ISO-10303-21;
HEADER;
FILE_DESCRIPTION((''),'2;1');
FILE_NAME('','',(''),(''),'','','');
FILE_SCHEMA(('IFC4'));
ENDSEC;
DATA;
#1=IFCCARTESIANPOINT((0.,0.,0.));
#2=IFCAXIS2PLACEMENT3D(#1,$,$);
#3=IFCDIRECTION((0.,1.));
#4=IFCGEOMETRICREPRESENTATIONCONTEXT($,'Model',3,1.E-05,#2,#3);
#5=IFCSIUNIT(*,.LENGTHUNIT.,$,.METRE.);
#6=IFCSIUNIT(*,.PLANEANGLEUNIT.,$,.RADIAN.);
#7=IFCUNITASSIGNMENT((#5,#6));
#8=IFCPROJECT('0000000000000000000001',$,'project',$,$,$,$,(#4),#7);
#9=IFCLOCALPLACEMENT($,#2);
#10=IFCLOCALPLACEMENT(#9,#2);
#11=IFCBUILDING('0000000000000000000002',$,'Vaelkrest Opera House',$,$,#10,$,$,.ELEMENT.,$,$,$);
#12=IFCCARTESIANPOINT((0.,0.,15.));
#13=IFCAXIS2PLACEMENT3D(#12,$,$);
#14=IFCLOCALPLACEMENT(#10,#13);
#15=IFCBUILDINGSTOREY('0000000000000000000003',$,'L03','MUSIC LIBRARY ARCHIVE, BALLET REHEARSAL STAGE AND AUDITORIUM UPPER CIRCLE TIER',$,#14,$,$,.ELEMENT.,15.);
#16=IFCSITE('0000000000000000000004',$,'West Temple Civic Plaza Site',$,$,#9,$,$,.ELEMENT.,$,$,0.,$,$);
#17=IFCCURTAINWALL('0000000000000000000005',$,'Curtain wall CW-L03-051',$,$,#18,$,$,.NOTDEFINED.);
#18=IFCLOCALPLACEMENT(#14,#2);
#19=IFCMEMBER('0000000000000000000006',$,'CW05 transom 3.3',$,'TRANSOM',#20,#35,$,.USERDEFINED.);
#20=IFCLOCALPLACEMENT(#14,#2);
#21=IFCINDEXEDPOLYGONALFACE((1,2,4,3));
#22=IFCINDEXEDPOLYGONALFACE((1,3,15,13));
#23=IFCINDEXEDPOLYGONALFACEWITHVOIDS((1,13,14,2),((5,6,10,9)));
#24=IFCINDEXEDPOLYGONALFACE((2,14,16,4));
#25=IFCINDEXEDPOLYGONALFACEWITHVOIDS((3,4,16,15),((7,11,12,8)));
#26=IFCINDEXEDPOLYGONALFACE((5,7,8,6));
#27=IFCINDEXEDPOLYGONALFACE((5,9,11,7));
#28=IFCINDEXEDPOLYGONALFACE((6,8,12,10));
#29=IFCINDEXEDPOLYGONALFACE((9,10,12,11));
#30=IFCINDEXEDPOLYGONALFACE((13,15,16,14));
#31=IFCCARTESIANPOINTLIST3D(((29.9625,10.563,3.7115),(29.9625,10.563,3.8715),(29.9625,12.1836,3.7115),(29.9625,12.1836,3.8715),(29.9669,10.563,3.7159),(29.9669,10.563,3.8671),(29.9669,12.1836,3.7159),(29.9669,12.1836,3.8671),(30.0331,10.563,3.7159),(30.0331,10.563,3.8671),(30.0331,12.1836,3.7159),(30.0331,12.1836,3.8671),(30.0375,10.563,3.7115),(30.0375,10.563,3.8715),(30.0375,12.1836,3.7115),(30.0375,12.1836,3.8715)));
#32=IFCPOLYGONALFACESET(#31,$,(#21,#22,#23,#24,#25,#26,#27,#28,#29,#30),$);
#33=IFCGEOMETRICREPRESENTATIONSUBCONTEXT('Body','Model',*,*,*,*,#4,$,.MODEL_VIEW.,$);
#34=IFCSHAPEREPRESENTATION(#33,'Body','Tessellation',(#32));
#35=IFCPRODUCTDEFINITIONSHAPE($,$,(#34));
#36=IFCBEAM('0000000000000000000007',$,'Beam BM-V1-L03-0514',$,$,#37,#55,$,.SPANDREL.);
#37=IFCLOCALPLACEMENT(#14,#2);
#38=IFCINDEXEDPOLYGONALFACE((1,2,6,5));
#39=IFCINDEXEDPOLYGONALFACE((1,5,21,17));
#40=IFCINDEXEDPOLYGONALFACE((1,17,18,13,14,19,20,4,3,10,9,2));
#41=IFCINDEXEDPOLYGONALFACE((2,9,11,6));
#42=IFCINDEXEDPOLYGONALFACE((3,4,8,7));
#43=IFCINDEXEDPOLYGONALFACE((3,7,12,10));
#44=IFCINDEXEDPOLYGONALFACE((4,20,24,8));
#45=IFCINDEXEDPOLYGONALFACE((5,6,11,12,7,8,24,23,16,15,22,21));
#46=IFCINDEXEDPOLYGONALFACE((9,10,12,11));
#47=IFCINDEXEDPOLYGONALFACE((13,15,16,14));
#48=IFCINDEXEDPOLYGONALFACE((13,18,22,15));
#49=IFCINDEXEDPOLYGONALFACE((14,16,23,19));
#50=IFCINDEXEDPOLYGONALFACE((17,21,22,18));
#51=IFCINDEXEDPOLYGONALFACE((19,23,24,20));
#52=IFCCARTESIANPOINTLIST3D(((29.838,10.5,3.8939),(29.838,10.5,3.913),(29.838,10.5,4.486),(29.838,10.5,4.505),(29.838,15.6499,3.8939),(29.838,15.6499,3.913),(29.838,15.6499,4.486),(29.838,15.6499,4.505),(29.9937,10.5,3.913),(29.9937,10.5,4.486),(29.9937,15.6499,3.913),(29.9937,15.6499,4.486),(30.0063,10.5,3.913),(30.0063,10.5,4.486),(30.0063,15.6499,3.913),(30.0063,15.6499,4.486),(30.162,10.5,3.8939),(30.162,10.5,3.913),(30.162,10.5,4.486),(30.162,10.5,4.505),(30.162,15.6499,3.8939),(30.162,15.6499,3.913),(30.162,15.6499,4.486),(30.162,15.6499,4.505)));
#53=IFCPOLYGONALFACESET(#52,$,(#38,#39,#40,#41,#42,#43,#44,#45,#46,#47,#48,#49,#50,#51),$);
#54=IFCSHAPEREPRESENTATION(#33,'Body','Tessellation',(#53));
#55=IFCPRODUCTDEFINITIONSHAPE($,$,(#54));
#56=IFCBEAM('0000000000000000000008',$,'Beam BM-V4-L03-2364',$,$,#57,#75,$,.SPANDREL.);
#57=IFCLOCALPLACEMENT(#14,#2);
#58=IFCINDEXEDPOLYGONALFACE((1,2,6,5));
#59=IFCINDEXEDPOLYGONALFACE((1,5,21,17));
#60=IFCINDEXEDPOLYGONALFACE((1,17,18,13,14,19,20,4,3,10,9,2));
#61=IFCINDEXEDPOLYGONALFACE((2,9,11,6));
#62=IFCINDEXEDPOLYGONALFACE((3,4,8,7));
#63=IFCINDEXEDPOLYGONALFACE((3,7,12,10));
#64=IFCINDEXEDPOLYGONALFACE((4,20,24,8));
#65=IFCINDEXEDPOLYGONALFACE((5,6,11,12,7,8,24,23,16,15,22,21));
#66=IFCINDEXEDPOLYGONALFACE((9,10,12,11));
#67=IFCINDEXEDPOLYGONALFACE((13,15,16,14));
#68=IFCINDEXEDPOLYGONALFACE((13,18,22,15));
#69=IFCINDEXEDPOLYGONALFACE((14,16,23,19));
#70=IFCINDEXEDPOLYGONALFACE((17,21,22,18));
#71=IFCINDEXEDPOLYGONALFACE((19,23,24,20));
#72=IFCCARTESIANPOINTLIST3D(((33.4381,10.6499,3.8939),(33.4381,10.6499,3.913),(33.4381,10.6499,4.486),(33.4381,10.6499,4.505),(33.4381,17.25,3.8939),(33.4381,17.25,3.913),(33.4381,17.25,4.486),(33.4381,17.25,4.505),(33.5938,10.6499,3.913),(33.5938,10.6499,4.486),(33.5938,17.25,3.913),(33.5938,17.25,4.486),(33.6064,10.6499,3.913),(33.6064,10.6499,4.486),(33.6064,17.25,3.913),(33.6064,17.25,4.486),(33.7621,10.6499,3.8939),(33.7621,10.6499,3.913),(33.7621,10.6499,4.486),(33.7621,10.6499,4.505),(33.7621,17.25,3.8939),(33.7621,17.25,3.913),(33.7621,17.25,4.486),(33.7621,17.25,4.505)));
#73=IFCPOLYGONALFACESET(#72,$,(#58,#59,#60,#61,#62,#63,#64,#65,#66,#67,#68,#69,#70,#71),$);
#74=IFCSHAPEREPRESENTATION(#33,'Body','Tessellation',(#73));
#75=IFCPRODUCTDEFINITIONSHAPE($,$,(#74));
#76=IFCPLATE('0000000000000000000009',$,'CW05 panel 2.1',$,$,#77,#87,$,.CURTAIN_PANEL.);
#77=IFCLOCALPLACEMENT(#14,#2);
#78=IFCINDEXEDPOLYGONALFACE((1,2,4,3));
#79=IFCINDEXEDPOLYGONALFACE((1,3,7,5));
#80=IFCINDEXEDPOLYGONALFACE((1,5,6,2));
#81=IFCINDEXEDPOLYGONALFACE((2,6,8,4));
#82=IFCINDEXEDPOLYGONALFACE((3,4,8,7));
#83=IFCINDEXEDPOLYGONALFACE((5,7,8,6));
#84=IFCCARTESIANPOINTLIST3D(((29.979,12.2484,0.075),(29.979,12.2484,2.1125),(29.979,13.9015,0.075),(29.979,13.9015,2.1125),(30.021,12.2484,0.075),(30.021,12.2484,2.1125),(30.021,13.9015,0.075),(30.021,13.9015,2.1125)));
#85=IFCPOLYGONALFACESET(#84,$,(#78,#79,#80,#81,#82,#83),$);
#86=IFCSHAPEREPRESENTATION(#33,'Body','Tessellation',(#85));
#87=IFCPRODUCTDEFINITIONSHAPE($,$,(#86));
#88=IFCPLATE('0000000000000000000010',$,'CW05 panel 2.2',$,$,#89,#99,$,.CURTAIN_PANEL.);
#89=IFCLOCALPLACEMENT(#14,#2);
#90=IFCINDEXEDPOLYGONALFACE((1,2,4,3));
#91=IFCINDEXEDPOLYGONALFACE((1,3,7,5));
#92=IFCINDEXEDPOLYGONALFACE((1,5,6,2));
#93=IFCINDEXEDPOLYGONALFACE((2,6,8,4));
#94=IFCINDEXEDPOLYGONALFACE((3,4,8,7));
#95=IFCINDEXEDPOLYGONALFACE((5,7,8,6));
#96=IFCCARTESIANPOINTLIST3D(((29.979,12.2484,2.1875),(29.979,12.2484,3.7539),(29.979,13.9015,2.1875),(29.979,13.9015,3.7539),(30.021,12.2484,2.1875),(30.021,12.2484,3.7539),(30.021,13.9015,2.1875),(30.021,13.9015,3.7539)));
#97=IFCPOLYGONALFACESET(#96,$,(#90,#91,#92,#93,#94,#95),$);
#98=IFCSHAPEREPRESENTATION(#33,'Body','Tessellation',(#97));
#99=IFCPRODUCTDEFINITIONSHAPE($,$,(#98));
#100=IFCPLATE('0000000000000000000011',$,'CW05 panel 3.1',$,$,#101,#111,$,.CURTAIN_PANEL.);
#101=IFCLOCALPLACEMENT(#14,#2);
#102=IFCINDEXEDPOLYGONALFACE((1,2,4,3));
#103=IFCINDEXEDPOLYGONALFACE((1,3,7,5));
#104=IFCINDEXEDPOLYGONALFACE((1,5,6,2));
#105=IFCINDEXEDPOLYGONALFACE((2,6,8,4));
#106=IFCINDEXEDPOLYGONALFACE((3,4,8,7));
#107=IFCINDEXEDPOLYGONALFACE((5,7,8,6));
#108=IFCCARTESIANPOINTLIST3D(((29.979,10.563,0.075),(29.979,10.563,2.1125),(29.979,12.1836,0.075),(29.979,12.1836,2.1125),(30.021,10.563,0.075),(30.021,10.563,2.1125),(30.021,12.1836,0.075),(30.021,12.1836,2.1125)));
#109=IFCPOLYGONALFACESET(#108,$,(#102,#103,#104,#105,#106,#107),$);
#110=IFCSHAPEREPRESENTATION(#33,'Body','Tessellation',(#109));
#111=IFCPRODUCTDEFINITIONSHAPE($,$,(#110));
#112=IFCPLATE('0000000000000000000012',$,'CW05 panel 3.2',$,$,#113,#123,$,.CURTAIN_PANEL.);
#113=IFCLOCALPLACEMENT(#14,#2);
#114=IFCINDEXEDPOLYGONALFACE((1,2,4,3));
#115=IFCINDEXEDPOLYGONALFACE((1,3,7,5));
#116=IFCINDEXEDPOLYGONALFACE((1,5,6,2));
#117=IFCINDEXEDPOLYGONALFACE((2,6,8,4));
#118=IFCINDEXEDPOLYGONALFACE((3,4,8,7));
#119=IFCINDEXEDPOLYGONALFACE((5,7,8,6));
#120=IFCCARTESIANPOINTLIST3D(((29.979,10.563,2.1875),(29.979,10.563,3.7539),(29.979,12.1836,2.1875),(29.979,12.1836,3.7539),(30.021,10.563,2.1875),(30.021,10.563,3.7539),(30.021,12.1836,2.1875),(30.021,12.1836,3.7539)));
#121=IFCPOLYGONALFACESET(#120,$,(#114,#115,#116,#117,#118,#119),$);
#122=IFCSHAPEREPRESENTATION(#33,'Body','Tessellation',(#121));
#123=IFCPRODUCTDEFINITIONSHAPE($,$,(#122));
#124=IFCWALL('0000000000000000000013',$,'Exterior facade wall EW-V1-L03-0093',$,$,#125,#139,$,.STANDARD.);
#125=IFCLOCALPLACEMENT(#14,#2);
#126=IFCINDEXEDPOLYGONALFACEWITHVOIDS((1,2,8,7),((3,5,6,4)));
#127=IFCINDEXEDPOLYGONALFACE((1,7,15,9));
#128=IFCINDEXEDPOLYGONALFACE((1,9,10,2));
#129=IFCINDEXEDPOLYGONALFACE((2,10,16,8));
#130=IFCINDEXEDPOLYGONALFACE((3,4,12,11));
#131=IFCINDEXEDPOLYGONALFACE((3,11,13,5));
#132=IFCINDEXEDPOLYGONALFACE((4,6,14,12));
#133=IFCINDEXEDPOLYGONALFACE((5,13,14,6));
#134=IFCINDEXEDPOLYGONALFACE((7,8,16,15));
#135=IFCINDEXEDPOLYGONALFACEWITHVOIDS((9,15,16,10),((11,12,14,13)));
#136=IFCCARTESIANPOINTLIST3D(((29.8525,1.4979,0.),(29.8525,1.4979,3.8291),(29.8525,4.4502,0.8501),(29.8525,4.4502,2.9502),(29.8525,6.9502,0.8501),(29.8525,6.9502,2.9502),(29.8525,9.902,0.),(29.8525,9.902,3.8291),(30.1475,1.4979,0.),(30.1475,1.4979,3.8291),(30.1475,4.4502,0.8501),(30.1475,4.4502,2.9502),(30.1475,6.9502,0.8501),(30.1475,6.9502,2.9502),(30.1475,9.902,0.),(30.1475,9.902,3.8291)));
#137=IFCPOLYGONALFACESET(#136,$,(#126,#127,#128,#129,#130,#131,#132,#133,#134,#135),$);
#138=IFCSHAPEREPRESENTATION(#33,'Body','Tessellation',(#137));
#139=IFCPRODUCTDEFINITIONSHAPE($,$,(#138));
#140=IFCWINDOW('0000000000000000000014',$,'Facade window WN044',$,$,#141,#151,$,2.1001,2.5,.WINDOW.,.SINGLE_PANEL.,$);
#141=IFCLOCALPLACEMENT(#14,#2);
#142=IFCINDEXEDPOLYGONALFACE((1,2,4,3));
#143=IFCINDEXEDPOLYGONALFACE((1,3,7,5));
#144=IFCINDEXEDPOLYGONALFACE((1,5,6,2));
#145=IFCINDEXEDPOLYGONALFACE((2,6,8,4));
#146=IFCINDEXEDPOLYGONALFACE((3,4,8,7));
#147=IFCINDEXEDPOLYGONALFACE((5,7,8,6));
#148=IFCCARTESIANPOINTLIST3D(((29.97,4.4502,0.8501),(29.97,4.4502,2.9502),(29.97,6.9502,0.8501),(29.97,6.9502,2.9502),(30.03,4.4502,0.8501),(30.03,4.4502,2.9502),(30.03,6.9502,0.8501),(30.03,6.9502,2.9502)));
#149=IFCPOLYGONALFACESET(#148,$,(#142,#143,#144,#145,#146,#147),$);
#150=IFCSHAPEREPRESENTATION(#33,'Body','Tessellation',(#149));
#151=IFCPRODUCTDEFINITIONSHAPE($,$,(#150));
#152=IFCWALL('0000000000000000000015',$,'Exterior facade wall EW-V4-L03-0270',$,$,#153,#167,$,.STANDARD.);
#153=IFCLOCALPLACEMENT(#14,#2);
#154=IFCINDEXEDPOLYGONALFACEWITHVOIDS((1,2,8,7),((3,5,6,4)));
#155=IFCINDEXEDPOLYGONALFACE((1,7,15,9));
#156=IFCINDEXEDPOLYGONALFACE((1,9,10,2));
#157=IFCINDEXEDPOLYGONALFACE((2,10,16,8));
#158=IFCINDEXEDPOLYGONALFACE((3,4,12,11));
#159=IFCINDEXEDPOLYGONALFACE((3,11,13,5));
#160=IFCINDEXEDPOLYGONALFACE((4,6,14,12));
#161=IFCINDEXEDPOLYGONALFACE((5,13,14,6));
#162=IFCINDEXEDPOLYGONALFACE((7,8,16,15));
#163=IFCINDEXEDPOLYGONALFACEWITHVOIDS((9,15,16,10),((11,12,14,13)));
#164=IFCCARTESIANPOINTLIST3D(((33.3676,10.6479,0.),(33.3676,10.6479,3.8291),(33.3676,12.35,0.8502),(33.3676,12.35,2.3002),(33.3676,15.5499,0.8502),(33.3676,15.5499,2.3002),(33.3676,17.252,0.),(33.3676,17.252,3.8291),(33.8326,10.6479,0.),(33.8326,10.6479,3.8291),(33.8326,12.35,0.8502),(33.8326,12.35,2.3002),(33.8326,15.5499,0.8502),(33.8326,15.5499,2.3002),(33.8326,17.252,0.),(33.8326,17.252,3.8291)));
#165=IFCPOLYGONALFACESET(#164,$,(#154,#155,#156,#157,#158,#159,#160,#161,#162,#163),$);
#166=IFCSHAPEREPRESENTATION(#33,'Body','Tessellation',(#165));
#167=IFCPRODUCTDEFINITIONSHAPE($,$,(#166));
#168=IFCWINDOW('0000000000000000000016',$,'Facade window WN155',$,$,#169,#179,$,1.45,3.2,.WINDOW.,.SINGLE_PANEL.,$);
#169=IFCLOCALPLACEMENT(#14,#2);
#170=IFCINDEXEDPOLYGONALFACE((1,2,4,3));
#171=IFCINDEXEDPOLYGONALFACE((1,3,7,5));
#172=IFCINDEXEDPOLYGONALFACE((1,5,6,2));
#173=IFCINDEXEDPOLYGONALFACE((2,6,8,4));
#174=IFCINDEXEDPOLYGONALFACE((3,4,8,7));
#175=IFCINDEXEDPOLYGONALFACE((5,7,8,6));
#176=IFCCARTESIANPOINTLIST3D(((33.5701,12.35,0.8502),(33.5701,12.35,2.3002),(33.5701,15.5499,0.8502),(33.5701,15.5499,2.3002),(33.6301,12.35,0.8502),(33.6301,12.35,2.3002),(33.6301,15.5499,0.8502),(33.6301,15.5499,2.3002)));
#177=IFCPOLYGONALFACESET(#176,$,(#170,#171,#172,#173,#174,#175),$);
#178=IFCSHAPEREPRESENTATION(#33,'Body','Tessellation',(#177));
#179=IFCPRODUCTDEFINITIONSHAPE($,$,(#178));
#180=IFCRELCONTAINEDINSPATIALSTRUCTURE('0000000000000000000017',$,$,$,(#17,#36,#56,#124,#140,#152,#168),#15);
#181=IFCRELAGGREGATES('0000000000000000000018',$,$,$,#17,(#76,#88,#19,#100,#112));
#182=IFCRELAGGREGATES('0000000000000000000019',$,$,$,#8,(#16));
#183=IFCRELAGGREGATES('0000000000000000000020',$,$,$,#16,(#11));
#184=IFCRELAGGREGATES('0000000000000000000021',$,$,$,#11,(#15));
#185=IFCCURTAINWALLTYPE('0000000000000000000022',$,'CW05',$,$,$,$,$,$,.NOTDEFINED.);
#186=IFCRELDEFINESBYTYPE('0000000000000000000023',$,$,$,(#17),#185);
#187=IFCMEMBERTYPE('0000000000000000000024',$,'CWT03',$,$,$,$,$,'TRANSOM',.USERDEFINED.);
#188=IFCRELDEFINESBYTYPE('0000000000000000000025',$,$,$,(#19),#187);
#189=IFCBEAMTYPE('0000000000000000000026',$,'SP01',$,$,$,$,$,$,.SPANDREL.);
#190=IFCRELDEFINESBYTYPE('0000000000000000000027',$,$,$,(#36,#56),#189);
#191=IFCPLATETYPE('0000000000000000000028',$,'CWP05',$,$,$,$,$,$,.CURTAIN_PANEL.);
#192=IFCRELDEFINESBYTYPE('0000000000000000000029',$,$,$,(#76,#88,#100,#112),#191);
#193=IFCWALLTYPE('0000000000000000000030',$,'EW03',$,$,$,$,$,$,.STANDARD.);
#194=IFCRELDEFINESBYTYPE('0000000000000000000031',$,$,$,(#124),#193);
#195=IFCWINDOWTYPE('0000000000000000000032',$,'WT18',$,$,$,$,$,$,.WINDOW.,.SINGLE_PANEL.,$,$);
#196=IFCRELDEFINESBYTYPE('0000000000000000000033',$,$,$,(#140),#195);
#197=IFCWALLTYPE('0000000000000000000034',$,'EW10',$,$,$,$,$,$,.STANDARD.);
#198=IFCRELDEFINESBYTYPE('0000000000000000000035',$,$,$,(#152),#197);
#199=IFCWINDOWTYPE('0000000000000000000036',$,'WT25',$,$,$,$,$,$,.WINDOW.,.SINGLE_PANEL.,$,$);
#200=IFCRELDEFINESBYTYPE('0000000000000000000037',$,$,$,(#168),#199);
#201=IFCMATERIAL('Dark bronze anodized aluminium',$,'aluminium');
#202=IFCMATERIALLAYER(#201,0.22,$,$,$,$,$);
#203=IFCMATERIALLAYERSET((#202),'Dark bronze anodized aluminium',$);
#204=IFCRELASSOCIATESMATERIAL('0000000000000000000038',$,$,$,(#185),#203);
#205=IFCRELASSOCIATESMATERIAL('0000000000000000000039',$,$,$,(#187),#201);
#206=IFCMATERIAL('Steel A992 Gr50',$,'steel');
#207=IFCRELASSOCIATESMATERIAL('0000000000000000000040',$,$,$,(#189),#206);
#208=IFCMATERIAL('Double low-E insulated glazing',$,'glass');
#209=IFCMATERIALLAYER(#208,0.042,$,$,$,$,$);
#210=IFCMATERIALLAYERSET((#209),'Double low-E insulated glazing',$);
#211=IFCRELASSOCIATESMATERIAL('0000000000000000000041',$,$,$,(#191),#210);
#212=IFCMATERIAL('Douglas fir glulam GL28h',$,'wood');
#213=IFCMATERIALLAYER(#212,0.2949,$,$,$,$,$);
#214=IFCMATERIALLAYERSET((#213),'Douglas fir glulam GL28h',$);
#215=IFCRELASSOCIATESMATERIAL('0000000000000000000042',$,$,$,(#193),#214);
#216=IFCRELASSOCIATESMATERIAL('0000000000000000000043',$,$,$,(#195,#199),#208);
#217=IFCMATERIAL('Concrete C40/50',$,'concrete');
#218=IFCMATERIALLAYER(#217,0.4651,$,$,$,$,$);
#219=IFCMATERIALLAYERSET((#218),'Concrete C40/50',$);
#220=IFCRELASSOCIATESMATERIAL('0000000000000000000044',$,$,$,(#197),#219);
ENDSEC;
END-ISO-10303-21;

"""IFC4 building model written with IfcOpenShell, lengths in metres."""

from ifc_helpers import new_model, si_unit, direction, frame, frame_2d, origin, origin_2d, place, context, subcontext, project, spatial, rectangle, hollow_rectangle, i_section, extrude, material, layer, layer_set, material_profile, profile_set, type_object, element, fill, aggregate, save


model = new_model("IFC4")

# Units and contexts
model_context = context("Model", 3, precision=1e-05, world=origin(), true_north=direction((0.0, 1.0)))
body_context = subcontext(model_context, "Body", "Model", "MODEL_VIEW")
ifc_project = project(units=[si_unit("LENGTHUNIT", "METRE"), si_unit("PLANEANGLEUNIT", "RADIAN")], contexts=[model_context])

# Site, building, storey
site_placement = place(None, origin())
site = spatial("IfcSite", under=ifc_project, at=site_placement, Name="West Temple Civic Plaza Site", CompositionType="ELEMENT", RefElevation=0.0)
building_placement = place(site_placement, origin())
building = spatial("IfcBuilding", under=site, at=building_placement, Name="Vaelkrest Opera House", CompositionType="ELEMENT")
storey_placement = place(building_placement, frame((0.0, 0.0, 15.0)))
storey = spatial("IfcBuildingStorey", under=building, at=storey_placement, Name="L03", Description="MUSIC LIBRARY ARCHIVE, BALLET REHEARSAL STAGE AND AUDITORIUM UPPER CIRCLE TIER", CompositionType="ELEMENT", Elevation=15.0)

# Curtain wall, member
ifc_material_1 = material(Name="Dark bronze anodized aluminium", Category="aluminium")
ifc_layer_1 = layer(ifc_material_1, 0.22)
ifc_layer_set_1 = layer_set([ifc_layer_1], Name="Dark bronze anodized aluminium")
curtain_wall_type = type_object("IfcCurtainWallType", Name="CW05", PredefinedType="NOTDEFINED", material=ifc_layer_set_1)
curtain_wall_placement = place(storey_placement, origin())
curtain_wall = element("IfcCurtainWall", 1, at=curtain_wall_placement, inside=storey, type_object=curtain_wall_type, Name="Curtain wall CW-L03-051", PredefinedType="NOTDEFINED")
ifc_material_profile_1 = material_profile(ifc_material_1, hollow_rectangle(XDim=0.075, YDim=0.1599, WallThickness=0.0044, at=origin_2d()), Name="CWT75X160")
ifc_profile_set_1 = profile_set([ifc_material_profile_1], Name="Dark bronze anodized aluminium")
member_type_1 = type_object("IfcMemberType", Name="CWT03", ElementType="TRANSOM", PredefinedType="USERDEFINED", material=ifc_profile_set_1)
member_1_placement = place(storey_placement, frame((30.0, 12.1836, 3.7915), z_axis=(0.0, -1.0, 0.0), x_axis=(1.0, 0.0, 0.0)))
member_1 = element("IfcMember", 2, at=member_1_placement, type_object=member_type_1, Name="CW05 transom 3.3", ObjectType="TRANSOM", PredefinedType="USERDEFINED", context=body_context, shape_type="SweptSolid", body=[
    extrude(hollow_rectangle(XDim=0.075, YDim=0.1599, WallThickness=0.0044, at=origin_2d()), origin(), (0.0, 0.0, 1.0), 1.6206),
])

# Beams
ifc_material_2 = material(Name="Steel A992 Gr50", Category="steel")
ifc_material_profile_2 = material_profile(ifc_material_2, i_section(OverallWidth=0.324, OverallDepth=0.6111, WebThickness=0.0127, FlangeThickness=0.019, at=origin_2d()), Name="W24X104")
ifc_profile_set_2 = profile_set([ifc_material_profile_2], Name="Steel A992 Gr50")
beam_type = type_object("IfcBeamType", Name="SP01", PredefinedType="SPANDREL", material=ifc_profile_set_2)
beam_1_placement = place(storey_placement, frame((30.0, 10.5, 4.1995), z_axis=(0.0, 1.0, 0.0), x_axis=(-1.0, 0.0, 0.0)))
element("IfcBeam", 3, at=beam_1_placement, inside=storey, type_object=beam_type, Name="Beam BM-V1-L03-0514", PredefinedType="SPANDREL", context=body_context, shape_type="SweptSolid", body=[
    extrude(i_section(OverallWidth=0.324, OverallDepth=0.6111, WebThickness=0.0127, FlangeThickness=0.019, at=origin_2d()), origin(), (0.0, 0.0, 1.0), 5.1499),
])
beam_2_placement = place(storey_placement, frame((33.6001, 10.6499, 4.1995), z_axis=(0.0, 1.0, 0.0), x_axis=(-1.0, 0.0, 0.0)))
element("IfcBeam", 4, at=beam_2_placement, inside=storey, type_object=beam_type, Name="Beam BM-V4-L03-2364", PredefinedType="SPANDREL", context=body_context, shape_type="SweptSolid", body=[
    extrude(i_section(OverallWidth=0.324, OverallDepth=0.6111, WebThickness=0.0127, FlangeThickness=0.019, at=origin_2d()), origin(), (0.0, 0.0, 1.0), 6.6001),
])

# Plates
ifc_material_3 = material(Name="Double low-E insulated glazing", Category="glass")
ifc_layer_2 = layer(ifc_material_3, 0.042)
ifc_layer_set_2 = layer_set([ifc_layer_2], Name="Double low-E insulated glazing")
plate_type = type_object("IfcPlateType", Name="CWP05", PredefinedType="CURTAIN_PANEL", material=ifc_layer_set_2)
plate_1_placement = place(storey_placement, frame((30.0, 13.075, 0.075), z_axis=(0.0, 0.0, 1.0), x_axis=(0.0, -1.0, 0.0)))
plate_1 = element("IfcPlate", 5, at=plate_1_placement, type_object=plate_type, Name="CW05 panel 2.1", PredefinedType="CURTAIN_PANEL", context=body_context, shape_type="SweptSolid", body=[
    extrude(rectangle(XDim=1.6531, YDim=0.042, at=origin_2d()), origin(), (0.0, 0.0, 1.0), 2.0376),
])
plate_2_placement = place(storey_placement, frame((30.0, 13.075, 2.1875), z_axis=(0.0, 0.0, 1.0), x_axis=(0.0, -1.0, 0.0)))
plate_2 = element("IfcPlate", 6, at=plate_2_placement, type_object=plate_type, Name="CW05 panel 2.2", PredefinedType="CURTAIN_PANEL", context=body_context, shape_type="SweptSolid", body=[
    extrude(rectangle(XDim=1.6531, YDim=0.042, at=origin_2d()), origin(), (0.0, 0.0, 1.0), 1.5664),
])
plate_3_placement = place(storey_placement, frame((30.0, 11.3733, 0.075), z_axis=(0.0, 0.0, 1.0), x_axis=(0.0, -1.0, 0.0)))
plate_3 = element("IfcPlate", 7, at=plate_3_placement, type_object=plate_type, Name="CW05 panel 3.1", PredefinedType="CURTAIN_PANEL", context=body_context, shape_type="SweptSolid", body=[
    extrude(rectangle(XDim=1.6206, YDim=0.042, at=origin_2d()), origin(), (0.0, 0.0, 1.0), 2.0376),
])
plate_4_placement = place(storey_placement, frame((30.0, 11.3733, 2.1875), z_axis=(0.0, 0.0, 1.0), x_axis=(0.0, -1.0, 0.0)))
plate_4 = element("IfcPlate", 8, at=plate_4_placement, type_object=plate_type, Name="CW05 panel 3.2", PredefinedType="CURTAIN_PANEL", context=body_context, shape_type="SweptSolid", body=[
    extrude(rectangle(XDim=1.6206, YDim=0.042, at=origin_2d()), origin(), (0.0, 0.0, 1.0), 1.5664),
])
aggregate(curtain_wall, [plate_1, plate_2, member_1, plate_3, plate_4])

# Walls, openings, windows
ifc_material_4 = material(Name="Douglas fir glulam GL28h", Category="wood")
ifc_layer_3 = layer(ifc_material_4, 0.2949)
ifc_layer_set_3 = layer_set([ifc_layer_3], Name="Douglas fir glulam GL28h")
wall_type_1 = type_object("IfcWallType", Name="EW03", PredefinedType="STANDARD", material=ifc_layer_set_3)
wall_1_placement = place(storey_placement, frame((30.0, 9.9021, 0.0), z_axis=(0.0, 0.0, 1.0), x_axis=(0.0, -1.0, 0.0)))
wall_1 = element("IfcWall", 9, at=wall_1_placement, inside=storey, type_object=wall_type_1, Name="Exterior facade wall EW-V1-L03-0093", PredefinedType="STANDARD", context=body_context, shape_type="SweptSolid", body=[
    extrude(rectangle(XDim=8.4041, YDim=0.2949, at=frame_2d((4.2021, 0.0))), origin(), (0.0, 0.0, 1.0), 3.8291),
])
opening_1_placement = place(wall_1_placement, frame((2.9519, 0.0, 0.8501)))
opening_1 = element("IfcOpeningElement", 10, at=opening_1_placement, cuts=wall_1, PredefinedType="OPENING", context=body_context, shape_type="SweptSolid", body=[
    extrude(rectangle(XDim=2.5, YDim=2.1001, at=frame_2d((1.25, 1.05))), frame((0.0, 0.1575, 0.0), z_axis=(0.0, -1.0, 0.0), x_axis=(1.0, 0.0, 0.0)), (0.0, 0.0, 1.0), 0.3149),
])
window_type_1 = type_object("IfcWindowType", Name="WT18", PartitioningType="SINGLE_PANEL", PredefinedType="WINDOW", material=ifc_material_3)
window_1_placement = place(opening_1_placement, origin())
window_1 = element("IfcWindow", 11, at=window_1_placement, inside=storey, type_object=window_type_1, Name="Facade window WN044", OverallHeight=2.1001, OverallWidth=2.5, PartitioningType="SINGLE_PANEL", PredefinedType="WINDOW", context=body_context, shape_type="SweptSolid", body=[
    extrude(rectangle(XDim=2.5, YDim=2.1001, at=frame_2d((1.25, 1.05))), frame((0.0, 0.03, 0.0), z_axis=(0.0, -1.0, 0.0), x_axis=(1.0, 0.0, 0.0)), (0.0, 0.0, 1.0), 0.0601),
])
fill(opening_1, window_1)
ifc_material_5 = material(Name="Concrete C40/50", Category="concrete")
ifc_layer_4 = layer(ifc_material_5, 0.4651)
ifc_layer_set_4 = layer_set([ifc_layer_4], Name="Concrete C40/50")
wall_type_2 = type_object("IfcWallType", Name="EW10", PredefinedType="STANDARD", material=ifc_layer_set_4)
wall_2_placement = place(storey_placement, frame((33.6001, 10.6479, 0.0), z_axis=(0.0, 0.0, 1.0), x_axis=(0.0, 1.0, 0.0)))
wall_2 = element("IfcWall", 12, at=wall_2_placement, inside=storey, type_object=wall_type_2, Name="Exterior facade wall EW-V4-L03-0270", PredefinedType="STANDARD", context=body_context, shape_type="SweptSolid", body=[
    extrude(rectangle(XDim=6.604, YDim=0.4651, at=frame_2d((3.302, 0.0))), origin(), (0.0, 0.0, 1.0), 3.8291),
])
opening_2_placement = place(wall_2_placement, frame((1.7019, 0.0, 0.8501)))
opening_2 = element("IfcOpeningElement", 13, at=opening_2_placement, cuts=wall_2, PredefinedType="OPENING", context=body_context, shape_type="SweptSolid", body=[
    extrude(rectangle(XDim=3.2, YDim=1.45, at=frame_2d((1.6001, 0.7251))), frame((0.0, 0.2424, 0.0), z_axis=(0.0, -1.0, 0.0), x_axis=(1.0, 0.0, 0.0)), (0.0, 0.0, 1.0), 0.4851),
])
window_type_2 = type_object("IfcWindowType", Name="WT25", PartitioningType="SINGLE_PANEL", PredefinedType="WINDOW", material=ifc_material_3)
window_2_placement = place(opening_2_placement, origin())
window_2 = element("IfcWindow", 14, at=window_2_placement, inside=storey, type_object=window_type_2, Name="Facade window WN155", OverallHeight=1.45, OverallWidth=3.2, PartitioningType="SINGLE_PANEL", PredefinedType="WINDOW", context=body_context, shape_type="SweptSolid", body=[
    extrude(rectangle(XDim=3.2, YDim=1.45, at=frame_2d((1.6001, 0.7251))), frame((0.0, 0.03, 0.0), z_axis=(0.0, -1.0, 0.0), x_axis=(1.0, 0.0, 0.0)), (0.0, 0.0, 1.0), 0.0601),
])
fill(opening_2, window_2)

save(model, "model.ifc")
